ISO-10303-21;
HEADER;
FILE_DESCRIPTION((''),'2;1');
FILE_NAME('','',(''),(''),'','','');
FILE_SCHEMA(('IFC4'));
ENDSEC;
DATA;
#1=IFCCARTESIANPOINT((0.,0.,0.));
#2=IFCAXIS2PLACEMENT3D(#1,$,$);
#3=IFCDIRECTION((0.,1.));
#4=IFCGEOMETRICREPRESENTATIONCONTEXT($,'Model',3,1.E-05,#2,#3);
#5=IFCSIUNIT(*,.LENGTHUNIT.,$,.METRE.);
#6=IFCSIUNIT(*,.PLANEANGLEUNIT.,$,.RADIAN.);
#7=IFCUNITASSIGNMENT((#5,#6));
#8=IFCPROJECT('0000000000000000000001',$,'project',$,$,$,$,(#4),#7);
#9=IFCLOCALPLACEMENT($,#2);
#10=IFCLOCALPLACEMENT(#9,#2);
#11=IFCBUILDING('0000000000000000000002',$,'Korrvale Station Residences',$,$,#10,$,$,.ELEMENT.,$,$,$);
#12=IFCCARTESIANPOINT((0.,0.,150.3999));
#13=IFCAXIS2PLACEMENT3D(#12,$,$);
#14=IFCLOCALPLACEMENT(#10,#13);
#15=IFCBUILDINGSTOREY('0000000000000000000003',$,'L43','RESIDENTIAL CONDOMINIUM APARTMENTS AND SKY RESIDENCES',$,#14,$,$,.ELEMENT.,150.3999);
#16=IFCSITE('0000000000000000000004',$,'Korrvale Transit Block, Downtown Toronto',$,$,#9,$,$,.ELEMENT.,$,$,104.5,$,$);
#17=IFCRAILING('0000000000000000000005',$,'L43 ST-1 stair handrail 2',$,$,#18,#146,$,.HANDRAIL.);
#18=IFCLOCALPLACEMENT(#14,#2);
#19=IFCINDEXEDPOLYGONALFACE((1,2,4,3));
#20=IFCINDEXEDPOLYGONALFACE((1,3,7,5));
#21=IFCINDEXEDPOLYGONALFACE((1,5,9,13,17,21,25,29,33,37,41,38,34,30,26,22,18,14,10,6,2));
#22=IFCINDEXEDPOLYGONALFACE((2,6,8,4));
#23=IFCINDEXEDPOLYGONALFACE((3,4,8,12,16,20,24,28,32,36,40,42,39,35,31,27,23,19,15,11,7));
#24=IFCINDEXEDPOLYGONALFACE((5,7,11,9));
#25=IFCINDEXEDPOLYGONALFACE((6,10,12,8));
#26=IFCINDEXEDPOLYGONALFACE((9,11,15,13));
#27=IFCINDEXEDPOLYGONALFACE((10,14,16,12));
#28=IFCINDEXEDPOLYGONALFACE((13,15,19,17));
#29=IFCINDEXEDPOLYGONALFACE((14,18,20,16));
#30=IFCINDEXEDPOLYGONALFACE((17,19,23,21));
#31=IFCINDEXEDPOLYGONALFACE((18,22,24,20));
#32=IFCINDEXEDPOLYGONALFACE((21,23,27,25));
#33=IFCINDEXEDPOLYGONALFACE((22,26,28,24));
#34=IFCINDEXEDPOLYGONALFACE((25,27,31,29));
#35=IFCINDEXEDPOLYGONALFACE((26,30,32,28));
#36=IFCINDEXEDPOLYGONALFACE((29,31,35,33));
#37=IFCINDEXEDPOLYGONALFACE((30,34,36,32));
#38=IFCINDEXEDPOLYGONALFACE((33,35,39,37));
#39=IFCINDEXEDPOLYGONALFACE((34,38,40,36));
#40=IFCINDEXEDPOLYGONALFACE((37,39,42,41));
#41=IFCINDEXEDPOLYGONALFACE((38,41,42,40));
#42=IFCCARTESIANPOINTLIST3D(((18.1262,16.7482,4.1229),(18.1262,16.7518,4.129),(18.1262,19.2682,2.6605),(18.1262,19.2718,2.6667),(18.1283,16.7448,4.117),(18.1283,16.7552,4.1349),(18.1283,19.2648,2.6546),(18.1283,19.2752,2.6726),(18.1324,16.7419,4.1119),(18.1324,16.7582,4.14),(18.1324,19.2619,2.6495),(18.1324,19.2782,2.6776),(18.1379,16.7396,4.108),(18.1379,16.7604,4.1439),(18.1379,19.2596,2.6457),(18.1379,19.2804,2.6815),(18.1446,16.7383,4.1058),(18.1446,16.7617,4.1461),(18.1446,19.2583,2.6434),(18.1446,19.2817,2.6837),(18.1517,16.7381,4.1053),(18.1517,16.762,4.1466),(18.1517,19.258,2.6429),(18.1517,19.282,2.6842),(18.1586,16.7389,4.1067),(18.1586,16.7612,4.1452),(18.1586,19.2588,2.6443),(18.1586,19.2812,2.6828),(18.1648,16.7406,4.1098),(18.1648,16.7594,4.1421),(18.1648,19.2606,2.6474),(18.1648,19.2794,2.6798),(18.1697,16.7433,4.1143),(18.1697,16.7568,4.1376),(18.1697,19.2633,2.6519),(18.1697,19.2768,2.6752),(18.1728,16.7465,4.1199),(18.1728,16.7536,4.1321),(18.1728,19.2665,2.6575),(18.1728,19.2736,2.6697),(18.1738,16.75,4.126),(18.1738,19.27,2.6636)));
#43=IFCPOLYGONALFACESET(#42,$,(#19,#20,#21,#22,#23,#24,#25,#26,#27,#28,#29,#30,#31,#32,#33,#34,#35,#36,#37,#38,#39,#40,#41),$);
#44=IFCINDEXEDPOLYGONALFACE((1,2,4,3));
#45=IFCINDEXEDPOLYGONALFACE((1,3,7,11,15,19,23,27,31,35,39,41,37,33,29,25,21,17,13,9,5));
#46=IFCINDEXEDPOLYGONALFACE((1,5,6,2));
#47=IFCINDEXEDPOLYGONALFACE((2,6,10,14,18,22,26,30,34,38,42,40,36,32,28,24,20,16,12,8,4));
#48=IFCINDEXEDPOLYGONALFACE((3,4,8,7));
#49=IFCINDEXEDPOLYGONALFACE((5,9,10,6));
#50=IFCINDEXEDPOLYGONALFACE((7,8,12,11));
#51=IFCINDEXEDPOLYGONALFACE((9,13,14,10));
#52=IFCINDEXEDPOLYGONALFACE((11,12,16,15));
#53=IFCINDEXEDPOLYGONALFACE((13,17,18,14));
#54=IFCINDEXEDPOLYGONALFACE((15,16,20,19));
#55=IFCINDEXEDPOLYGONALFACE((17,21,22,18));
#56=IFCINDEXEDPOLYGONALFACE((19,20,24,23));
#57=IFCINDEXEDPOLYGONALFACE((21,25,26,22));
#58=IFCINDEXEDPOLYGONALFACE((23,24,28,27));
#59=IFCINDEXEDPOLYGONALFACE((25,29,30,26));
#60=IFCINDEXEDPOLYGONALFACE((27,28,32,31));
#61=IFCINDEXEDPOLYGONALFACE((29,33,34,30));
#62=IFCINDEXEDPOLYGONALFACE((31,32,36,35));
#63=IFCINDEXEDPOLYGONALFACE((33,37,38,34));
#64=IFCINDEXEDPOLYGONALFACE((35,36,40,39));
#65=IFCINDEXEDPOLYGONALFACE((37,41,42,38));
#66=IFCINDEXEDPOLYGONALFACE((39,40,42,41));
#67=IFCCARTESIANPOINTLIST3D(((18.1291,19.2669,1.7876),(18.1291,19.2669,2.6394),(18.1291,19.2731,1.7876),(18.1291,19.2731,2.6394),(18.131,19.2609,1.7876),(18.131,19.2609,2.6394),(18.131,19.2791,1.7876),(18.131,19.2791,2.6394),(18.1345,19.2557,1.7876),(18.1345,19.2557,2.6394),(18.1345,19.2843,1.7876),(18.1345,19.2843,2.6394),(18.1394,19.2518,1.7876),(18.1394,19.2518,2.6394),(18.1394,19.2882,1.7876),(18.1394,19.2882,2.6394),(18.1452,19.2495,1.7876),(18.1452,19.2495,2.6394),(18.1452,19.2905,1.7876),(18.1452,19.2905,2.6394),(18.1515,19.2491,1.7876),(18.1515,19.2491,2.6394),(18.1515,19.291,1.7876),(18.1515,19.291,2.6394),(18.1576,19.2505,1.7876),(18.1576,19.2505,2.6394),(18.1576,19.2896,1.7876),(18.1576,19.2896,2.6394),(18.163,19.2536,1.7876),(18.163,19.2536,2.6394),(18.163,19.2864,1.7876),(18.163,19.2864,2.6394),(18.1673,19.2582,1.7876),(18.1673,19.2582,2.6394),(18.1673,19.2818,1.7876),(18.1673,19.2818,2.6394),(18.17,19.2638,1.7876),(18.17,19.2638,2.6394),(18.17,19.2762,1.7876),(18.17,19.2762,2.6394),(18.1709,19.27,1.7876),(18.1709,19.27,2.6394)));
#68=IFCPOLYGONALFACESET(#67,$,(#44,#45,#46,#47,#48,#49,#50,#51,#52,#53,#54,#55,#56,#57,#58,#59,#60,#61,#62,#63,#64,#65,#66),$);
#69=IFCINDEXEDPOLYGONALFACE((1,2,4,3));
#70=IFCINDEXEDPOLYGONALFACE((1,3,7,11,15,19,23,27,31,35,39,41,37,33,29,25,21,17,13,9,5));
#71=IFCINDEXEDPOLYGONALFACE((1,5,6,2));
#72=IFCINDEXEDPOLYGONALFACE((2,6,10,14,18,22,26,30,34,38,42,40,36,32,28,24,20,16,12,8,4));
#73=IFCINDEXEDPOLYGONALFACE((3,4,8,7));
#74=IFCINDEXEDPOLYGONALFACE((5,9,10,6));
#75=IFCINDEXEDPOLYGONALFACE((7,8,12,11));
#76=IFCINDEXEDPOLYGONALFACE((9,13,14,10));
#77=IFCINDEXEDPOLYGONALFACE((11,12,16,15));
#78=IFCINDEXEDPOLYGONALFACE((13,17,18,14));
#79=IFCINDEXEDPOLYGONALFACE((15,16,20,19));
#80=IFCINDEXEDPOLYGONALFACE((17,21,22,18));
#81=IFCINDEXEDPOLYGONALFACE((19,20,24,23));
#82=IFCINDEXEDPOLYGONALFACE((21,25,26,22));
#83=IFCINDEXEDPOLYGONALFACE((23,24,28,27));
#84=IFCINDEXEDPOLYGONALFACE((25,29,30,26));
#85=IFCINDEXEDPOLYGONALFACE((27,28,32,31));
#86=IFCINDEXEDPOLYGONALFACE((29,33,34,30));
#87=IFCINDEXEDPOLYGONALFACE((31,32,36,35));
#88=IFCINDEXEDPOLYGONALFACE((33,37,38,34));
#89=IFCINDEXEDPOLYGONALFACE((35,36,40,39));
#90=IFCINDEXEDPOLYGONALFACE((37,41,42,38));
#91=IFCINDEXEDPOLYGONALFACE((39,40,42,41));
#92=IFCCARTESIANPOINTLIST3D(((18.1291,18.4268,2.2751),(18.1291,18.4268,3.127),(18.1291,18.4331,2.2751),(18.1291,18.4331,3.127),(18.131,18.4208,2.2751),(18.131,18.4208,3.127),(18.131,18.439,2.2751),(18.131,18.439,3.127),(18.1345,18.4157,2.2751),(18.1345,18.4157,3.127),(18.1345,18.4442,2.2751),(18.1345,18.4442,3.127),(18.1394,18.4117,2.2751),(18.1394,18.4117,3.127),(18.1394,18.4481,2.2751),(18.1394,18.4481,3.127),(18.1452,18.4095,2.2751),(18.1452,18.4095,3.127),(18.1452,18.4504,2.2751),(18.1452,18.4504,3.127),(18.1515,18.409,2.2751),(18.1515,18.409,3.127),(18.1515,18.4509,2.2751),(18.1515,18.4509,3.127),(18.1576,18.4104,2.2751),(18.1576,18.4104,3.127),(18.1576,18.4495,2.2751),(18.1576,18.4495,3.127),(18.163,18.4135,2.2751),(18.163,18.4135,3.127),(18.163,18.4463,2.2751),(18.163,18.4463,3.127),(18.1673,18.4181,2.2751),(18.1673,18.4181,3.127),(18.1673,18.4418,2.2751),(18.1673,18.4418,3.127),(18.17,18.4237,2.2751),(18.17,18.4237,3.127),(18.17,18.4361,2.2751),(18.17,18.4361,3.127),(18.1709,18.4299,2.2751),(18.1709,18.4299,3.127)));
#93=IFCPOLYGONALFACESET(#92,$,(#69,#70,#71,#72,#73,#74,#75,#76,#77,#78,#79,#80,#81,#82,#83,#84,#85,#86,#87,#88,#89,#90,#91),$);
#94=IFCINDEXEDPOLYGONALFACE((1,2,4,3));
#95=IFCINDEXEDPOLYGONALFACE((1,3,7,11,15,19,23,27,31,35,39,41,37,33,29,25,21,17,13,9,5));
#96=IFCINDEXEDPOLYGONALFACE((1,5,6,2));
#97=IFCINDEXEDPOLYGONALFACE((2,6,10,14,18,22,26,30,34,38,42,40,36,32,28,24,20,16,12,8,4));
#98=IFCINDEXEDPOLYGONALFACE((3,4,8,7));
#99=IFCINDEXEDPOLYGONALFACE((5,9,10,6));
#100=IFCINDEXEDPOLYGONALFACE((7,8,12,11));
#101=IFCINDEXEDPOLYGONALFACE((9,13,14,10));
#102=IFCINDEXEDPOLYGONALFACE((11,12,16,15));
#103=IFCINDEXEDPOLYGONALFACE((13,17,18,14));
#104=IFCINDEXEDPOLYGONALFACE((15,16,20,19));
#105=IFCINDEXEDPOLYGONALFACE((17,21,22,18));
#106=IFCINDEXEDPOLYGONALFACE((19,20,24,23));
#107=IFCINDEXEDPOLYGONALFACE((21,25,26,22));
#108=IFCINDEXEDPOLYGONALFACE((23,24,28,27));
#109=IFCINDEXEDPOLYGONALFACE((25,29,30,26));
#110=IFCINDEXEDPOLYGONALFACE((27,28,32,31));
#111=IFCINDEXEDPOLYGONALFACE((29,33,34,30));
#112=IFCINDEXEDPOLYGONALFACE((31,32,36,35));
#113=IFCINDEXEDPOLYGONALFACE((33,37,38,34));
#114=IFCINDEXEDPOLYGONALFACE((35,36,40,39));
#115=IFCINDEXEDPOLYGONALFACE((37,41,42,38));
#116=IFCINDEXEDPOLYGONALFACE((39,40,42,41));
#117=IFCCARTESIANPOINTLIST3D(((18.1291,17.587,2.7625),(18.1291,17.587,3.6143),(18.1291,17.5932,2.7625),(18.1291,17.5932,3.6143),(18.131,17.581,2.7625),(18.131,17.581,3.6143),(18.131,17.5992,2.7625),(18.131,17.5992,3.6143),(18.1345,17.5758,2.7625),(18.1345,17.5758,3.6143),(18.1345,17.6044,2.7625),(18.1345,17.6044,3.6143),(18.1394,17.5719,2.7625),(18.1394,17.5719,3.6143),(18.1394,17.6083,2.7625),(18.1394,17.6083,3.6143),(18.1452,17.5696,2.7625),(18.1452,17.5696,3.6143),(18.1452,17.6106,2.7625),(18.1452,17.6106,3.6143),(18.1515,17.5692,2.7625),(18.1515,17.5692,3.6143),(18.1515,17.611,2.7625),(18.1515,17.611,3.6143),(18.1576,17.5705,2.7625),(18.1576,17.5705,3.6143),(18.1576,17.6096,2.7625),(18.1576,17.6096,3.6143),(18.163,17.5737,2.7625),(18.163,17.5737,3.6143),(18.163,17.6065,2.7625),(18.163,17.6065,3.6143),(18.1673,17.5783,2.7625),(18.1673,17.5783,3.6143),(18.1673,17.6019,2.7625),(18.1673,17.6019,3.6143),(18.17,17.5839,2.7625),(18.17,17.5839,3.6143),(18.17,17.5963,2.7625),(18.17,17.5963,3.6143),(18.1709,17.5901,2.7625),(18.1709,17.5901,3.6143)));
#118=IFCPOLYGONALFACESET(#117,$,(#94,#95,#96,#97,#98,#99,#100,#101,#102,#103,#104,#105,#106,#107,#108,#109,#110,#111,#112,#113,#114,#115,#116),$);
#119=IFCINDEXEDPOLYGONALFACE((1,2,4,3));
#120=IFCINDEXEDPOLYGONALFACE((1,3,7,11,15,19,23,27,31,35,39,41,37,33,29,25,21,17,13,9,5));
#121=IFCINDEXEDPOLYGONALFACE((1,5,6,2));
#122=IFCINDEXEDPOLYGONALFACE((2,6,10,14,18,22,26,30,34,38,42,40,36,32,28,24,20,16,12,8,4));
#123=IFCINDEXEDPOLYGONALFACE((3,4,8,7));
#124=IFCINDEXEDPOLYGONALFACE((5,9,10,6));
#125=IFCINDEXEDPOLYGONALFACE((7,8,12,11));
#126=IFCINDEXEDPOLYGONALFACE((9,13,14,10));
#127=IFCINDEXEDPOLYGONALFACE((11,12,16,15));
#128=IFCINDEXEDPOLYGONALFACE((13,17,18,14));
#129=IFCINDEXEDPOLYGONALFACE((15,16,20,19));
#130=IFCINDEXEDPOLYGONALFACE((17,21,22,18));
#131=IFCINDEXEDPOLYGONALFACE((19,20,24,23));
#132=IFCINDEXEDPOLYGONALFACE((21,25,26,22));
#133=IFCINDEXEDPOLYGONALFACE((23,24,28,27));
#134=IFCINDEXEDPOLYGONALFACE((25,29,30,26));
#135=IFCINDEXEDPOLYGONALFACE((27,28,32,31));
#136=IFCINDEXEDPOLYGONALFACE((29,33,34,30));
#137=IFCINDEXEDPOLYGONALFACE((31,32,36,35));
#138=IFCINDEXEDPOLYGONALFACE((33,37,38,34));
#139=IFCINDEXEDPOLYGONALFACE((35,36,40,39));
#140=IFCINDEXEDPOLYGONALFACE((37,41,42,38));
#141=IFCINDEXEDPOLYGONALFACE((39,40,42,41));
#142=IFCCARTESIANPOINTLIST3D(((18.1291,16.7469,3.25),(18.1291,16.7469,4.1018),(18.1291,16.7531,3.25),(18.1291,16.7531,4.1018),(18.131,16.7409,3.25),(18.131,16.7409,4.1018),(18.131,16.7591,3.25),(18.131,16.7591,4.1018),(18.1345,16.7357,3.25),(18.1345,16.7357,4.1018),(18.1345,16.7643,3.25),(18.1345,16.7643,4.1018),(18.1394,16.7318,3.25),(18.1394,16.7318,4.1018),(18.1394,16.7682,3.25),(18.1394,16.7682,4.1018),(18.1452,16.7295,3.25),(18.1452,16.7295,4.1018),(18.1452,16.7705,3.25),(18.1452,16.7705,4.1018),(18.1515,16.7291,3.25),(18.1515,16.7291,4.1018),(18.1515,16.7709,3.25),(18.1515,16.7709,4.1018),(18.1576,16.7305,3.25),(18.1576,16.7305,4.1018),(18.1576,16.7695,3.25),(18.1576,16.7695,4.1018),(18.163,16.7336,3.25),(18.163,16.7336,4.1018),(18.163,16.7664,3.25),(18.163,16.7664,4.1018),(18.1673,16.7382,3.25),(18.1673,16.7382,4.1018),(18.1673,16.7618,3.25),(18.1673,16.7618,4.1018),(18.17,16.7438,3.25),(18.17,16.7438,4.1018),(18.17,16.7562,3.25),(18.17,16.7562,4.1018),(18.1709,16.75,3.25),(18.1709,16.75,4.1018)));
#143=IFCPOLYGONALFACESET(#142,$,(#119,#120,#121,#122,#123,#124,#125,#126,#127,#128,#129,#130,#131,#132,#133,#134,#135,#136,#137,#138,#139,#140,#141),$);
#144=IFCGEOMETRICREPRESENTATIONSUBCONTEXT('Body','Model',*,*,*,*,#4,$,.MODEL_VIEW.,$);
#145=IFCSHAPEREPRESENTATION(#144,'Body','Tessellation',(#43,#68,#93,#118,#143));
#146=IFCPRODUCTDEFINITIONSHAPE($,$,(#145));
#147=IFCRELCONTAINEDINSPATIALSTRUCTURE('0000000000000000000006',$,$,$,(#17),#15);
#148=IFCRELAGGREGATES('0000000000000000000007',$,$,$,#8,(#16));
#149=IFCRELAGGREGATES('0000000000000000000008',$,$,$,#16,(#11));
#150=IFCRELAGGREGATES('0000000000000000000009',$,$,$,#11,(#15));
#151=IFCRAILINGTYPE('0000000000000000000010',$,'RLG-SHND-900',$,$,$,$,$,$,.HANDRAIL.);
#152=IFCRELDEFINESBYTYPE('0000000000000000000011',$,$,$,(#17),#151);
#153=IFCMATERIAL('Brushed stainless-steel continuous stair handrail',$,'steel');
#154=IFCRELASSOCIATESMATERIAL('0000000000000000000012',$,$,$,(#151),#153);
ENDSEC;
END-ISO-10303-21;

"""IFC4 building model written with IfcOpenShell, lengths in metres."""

from ifc_helpers import new_model, si_unit, direction, frame, origin, origin_2d, place, context, subcontext, project, spatial, circle, extrude, material, type_object, element, save


model = new_model("IFC4")

# Units and contexts
model_context = context("Model", 3, precision=1e-05, world=origin(), true_north=direction((0.0, 1.0)))
body_context = subcontext(model_context, "Body", "Model", "MODEL_VIEW")
ifc_project = project(units=[si_unit("LENGTHUNIT", "METRE"), si_unit("PLANEANGLEUNIT", "RADIAN")], contexts=[model_context])

# Site, building, storey
site_placement = place(None, origin())
site = spatial("IfcSite", under=ifc_project, at=site_placement, Name="Korrvale Transit Block, Downtown Toronto", CompositionType="ELEMENT", RefElevation=104.5)
building_placement = place(site_placement, origin())
building = spatial("IfcBuilding", under=site, at=building_placement, Name="Korrvale Station Residences", CompositionType="ELEMENT")
storey_placement = place(building_placement, frame((0.0, 0.0, 150.3999)))
storey = spatial("IfcBuildingStorey", under=building, at=storey_placement, Name="L43", Description="RESIDENTIAL CONDOMINIUM APARTMENTS AND SKY RESIDENCES", CompositionType="ELEMENT", Elevation=150.3999)

# Railing
ifc_material_1 = material(Name="Brushed stainless-steel continuous stair handrail", Category="steel")
railing_type_1 = type_object("IfcRailingType", Name="RLG-SHND-900", PredefinedType="HANDRAIL", material=ifc_material_1)
railing_1_placement = place(storey_placement, frame((18.1499, 19.27, 1.7876)))
element("IfcRailing", 1, at=railing_1_placement, inside=storey, type_object=railing_type_1, Name="L43 ST-1 stair handrail 2", PredefinedType="HANDRAIL", context=body_context, shape_type="SweptSolid", body=[
    extrude(circle(Radius=0.0239, at=origin_2d()), frame((0.0, 0.0, 0.876), z_axis=(0.0, -0.864913, 0.501921), x_axis=(1.0, 0.0, 0.0)), (0.0, 0.0, 1.0), 2.9136),
    extrude(circle(Radius=0.021, at=origin_2d()), origin(), (0.0, 0.0, 1.0), 0.8518),
    extrude(circle(Radius=0.021, at=origin_2d()), frame((0.0, -0.8401, 0.4875)), (0.0, 0.0, 1.0), 0.8518),
    extrude(circle(Radius=0.021, at=origin_2d()), frame((0.0, -1.6799, 0.9749)), (0.0, 0.0, 1.0), 0.8518),
    extrude(circle(Radius=0.021, at=origin_2d()), frame((0.0, -2.52, 1.4624)), (0.0, 0.0, 1.0), 0.8518),
])

save(model, "model.ifc")
